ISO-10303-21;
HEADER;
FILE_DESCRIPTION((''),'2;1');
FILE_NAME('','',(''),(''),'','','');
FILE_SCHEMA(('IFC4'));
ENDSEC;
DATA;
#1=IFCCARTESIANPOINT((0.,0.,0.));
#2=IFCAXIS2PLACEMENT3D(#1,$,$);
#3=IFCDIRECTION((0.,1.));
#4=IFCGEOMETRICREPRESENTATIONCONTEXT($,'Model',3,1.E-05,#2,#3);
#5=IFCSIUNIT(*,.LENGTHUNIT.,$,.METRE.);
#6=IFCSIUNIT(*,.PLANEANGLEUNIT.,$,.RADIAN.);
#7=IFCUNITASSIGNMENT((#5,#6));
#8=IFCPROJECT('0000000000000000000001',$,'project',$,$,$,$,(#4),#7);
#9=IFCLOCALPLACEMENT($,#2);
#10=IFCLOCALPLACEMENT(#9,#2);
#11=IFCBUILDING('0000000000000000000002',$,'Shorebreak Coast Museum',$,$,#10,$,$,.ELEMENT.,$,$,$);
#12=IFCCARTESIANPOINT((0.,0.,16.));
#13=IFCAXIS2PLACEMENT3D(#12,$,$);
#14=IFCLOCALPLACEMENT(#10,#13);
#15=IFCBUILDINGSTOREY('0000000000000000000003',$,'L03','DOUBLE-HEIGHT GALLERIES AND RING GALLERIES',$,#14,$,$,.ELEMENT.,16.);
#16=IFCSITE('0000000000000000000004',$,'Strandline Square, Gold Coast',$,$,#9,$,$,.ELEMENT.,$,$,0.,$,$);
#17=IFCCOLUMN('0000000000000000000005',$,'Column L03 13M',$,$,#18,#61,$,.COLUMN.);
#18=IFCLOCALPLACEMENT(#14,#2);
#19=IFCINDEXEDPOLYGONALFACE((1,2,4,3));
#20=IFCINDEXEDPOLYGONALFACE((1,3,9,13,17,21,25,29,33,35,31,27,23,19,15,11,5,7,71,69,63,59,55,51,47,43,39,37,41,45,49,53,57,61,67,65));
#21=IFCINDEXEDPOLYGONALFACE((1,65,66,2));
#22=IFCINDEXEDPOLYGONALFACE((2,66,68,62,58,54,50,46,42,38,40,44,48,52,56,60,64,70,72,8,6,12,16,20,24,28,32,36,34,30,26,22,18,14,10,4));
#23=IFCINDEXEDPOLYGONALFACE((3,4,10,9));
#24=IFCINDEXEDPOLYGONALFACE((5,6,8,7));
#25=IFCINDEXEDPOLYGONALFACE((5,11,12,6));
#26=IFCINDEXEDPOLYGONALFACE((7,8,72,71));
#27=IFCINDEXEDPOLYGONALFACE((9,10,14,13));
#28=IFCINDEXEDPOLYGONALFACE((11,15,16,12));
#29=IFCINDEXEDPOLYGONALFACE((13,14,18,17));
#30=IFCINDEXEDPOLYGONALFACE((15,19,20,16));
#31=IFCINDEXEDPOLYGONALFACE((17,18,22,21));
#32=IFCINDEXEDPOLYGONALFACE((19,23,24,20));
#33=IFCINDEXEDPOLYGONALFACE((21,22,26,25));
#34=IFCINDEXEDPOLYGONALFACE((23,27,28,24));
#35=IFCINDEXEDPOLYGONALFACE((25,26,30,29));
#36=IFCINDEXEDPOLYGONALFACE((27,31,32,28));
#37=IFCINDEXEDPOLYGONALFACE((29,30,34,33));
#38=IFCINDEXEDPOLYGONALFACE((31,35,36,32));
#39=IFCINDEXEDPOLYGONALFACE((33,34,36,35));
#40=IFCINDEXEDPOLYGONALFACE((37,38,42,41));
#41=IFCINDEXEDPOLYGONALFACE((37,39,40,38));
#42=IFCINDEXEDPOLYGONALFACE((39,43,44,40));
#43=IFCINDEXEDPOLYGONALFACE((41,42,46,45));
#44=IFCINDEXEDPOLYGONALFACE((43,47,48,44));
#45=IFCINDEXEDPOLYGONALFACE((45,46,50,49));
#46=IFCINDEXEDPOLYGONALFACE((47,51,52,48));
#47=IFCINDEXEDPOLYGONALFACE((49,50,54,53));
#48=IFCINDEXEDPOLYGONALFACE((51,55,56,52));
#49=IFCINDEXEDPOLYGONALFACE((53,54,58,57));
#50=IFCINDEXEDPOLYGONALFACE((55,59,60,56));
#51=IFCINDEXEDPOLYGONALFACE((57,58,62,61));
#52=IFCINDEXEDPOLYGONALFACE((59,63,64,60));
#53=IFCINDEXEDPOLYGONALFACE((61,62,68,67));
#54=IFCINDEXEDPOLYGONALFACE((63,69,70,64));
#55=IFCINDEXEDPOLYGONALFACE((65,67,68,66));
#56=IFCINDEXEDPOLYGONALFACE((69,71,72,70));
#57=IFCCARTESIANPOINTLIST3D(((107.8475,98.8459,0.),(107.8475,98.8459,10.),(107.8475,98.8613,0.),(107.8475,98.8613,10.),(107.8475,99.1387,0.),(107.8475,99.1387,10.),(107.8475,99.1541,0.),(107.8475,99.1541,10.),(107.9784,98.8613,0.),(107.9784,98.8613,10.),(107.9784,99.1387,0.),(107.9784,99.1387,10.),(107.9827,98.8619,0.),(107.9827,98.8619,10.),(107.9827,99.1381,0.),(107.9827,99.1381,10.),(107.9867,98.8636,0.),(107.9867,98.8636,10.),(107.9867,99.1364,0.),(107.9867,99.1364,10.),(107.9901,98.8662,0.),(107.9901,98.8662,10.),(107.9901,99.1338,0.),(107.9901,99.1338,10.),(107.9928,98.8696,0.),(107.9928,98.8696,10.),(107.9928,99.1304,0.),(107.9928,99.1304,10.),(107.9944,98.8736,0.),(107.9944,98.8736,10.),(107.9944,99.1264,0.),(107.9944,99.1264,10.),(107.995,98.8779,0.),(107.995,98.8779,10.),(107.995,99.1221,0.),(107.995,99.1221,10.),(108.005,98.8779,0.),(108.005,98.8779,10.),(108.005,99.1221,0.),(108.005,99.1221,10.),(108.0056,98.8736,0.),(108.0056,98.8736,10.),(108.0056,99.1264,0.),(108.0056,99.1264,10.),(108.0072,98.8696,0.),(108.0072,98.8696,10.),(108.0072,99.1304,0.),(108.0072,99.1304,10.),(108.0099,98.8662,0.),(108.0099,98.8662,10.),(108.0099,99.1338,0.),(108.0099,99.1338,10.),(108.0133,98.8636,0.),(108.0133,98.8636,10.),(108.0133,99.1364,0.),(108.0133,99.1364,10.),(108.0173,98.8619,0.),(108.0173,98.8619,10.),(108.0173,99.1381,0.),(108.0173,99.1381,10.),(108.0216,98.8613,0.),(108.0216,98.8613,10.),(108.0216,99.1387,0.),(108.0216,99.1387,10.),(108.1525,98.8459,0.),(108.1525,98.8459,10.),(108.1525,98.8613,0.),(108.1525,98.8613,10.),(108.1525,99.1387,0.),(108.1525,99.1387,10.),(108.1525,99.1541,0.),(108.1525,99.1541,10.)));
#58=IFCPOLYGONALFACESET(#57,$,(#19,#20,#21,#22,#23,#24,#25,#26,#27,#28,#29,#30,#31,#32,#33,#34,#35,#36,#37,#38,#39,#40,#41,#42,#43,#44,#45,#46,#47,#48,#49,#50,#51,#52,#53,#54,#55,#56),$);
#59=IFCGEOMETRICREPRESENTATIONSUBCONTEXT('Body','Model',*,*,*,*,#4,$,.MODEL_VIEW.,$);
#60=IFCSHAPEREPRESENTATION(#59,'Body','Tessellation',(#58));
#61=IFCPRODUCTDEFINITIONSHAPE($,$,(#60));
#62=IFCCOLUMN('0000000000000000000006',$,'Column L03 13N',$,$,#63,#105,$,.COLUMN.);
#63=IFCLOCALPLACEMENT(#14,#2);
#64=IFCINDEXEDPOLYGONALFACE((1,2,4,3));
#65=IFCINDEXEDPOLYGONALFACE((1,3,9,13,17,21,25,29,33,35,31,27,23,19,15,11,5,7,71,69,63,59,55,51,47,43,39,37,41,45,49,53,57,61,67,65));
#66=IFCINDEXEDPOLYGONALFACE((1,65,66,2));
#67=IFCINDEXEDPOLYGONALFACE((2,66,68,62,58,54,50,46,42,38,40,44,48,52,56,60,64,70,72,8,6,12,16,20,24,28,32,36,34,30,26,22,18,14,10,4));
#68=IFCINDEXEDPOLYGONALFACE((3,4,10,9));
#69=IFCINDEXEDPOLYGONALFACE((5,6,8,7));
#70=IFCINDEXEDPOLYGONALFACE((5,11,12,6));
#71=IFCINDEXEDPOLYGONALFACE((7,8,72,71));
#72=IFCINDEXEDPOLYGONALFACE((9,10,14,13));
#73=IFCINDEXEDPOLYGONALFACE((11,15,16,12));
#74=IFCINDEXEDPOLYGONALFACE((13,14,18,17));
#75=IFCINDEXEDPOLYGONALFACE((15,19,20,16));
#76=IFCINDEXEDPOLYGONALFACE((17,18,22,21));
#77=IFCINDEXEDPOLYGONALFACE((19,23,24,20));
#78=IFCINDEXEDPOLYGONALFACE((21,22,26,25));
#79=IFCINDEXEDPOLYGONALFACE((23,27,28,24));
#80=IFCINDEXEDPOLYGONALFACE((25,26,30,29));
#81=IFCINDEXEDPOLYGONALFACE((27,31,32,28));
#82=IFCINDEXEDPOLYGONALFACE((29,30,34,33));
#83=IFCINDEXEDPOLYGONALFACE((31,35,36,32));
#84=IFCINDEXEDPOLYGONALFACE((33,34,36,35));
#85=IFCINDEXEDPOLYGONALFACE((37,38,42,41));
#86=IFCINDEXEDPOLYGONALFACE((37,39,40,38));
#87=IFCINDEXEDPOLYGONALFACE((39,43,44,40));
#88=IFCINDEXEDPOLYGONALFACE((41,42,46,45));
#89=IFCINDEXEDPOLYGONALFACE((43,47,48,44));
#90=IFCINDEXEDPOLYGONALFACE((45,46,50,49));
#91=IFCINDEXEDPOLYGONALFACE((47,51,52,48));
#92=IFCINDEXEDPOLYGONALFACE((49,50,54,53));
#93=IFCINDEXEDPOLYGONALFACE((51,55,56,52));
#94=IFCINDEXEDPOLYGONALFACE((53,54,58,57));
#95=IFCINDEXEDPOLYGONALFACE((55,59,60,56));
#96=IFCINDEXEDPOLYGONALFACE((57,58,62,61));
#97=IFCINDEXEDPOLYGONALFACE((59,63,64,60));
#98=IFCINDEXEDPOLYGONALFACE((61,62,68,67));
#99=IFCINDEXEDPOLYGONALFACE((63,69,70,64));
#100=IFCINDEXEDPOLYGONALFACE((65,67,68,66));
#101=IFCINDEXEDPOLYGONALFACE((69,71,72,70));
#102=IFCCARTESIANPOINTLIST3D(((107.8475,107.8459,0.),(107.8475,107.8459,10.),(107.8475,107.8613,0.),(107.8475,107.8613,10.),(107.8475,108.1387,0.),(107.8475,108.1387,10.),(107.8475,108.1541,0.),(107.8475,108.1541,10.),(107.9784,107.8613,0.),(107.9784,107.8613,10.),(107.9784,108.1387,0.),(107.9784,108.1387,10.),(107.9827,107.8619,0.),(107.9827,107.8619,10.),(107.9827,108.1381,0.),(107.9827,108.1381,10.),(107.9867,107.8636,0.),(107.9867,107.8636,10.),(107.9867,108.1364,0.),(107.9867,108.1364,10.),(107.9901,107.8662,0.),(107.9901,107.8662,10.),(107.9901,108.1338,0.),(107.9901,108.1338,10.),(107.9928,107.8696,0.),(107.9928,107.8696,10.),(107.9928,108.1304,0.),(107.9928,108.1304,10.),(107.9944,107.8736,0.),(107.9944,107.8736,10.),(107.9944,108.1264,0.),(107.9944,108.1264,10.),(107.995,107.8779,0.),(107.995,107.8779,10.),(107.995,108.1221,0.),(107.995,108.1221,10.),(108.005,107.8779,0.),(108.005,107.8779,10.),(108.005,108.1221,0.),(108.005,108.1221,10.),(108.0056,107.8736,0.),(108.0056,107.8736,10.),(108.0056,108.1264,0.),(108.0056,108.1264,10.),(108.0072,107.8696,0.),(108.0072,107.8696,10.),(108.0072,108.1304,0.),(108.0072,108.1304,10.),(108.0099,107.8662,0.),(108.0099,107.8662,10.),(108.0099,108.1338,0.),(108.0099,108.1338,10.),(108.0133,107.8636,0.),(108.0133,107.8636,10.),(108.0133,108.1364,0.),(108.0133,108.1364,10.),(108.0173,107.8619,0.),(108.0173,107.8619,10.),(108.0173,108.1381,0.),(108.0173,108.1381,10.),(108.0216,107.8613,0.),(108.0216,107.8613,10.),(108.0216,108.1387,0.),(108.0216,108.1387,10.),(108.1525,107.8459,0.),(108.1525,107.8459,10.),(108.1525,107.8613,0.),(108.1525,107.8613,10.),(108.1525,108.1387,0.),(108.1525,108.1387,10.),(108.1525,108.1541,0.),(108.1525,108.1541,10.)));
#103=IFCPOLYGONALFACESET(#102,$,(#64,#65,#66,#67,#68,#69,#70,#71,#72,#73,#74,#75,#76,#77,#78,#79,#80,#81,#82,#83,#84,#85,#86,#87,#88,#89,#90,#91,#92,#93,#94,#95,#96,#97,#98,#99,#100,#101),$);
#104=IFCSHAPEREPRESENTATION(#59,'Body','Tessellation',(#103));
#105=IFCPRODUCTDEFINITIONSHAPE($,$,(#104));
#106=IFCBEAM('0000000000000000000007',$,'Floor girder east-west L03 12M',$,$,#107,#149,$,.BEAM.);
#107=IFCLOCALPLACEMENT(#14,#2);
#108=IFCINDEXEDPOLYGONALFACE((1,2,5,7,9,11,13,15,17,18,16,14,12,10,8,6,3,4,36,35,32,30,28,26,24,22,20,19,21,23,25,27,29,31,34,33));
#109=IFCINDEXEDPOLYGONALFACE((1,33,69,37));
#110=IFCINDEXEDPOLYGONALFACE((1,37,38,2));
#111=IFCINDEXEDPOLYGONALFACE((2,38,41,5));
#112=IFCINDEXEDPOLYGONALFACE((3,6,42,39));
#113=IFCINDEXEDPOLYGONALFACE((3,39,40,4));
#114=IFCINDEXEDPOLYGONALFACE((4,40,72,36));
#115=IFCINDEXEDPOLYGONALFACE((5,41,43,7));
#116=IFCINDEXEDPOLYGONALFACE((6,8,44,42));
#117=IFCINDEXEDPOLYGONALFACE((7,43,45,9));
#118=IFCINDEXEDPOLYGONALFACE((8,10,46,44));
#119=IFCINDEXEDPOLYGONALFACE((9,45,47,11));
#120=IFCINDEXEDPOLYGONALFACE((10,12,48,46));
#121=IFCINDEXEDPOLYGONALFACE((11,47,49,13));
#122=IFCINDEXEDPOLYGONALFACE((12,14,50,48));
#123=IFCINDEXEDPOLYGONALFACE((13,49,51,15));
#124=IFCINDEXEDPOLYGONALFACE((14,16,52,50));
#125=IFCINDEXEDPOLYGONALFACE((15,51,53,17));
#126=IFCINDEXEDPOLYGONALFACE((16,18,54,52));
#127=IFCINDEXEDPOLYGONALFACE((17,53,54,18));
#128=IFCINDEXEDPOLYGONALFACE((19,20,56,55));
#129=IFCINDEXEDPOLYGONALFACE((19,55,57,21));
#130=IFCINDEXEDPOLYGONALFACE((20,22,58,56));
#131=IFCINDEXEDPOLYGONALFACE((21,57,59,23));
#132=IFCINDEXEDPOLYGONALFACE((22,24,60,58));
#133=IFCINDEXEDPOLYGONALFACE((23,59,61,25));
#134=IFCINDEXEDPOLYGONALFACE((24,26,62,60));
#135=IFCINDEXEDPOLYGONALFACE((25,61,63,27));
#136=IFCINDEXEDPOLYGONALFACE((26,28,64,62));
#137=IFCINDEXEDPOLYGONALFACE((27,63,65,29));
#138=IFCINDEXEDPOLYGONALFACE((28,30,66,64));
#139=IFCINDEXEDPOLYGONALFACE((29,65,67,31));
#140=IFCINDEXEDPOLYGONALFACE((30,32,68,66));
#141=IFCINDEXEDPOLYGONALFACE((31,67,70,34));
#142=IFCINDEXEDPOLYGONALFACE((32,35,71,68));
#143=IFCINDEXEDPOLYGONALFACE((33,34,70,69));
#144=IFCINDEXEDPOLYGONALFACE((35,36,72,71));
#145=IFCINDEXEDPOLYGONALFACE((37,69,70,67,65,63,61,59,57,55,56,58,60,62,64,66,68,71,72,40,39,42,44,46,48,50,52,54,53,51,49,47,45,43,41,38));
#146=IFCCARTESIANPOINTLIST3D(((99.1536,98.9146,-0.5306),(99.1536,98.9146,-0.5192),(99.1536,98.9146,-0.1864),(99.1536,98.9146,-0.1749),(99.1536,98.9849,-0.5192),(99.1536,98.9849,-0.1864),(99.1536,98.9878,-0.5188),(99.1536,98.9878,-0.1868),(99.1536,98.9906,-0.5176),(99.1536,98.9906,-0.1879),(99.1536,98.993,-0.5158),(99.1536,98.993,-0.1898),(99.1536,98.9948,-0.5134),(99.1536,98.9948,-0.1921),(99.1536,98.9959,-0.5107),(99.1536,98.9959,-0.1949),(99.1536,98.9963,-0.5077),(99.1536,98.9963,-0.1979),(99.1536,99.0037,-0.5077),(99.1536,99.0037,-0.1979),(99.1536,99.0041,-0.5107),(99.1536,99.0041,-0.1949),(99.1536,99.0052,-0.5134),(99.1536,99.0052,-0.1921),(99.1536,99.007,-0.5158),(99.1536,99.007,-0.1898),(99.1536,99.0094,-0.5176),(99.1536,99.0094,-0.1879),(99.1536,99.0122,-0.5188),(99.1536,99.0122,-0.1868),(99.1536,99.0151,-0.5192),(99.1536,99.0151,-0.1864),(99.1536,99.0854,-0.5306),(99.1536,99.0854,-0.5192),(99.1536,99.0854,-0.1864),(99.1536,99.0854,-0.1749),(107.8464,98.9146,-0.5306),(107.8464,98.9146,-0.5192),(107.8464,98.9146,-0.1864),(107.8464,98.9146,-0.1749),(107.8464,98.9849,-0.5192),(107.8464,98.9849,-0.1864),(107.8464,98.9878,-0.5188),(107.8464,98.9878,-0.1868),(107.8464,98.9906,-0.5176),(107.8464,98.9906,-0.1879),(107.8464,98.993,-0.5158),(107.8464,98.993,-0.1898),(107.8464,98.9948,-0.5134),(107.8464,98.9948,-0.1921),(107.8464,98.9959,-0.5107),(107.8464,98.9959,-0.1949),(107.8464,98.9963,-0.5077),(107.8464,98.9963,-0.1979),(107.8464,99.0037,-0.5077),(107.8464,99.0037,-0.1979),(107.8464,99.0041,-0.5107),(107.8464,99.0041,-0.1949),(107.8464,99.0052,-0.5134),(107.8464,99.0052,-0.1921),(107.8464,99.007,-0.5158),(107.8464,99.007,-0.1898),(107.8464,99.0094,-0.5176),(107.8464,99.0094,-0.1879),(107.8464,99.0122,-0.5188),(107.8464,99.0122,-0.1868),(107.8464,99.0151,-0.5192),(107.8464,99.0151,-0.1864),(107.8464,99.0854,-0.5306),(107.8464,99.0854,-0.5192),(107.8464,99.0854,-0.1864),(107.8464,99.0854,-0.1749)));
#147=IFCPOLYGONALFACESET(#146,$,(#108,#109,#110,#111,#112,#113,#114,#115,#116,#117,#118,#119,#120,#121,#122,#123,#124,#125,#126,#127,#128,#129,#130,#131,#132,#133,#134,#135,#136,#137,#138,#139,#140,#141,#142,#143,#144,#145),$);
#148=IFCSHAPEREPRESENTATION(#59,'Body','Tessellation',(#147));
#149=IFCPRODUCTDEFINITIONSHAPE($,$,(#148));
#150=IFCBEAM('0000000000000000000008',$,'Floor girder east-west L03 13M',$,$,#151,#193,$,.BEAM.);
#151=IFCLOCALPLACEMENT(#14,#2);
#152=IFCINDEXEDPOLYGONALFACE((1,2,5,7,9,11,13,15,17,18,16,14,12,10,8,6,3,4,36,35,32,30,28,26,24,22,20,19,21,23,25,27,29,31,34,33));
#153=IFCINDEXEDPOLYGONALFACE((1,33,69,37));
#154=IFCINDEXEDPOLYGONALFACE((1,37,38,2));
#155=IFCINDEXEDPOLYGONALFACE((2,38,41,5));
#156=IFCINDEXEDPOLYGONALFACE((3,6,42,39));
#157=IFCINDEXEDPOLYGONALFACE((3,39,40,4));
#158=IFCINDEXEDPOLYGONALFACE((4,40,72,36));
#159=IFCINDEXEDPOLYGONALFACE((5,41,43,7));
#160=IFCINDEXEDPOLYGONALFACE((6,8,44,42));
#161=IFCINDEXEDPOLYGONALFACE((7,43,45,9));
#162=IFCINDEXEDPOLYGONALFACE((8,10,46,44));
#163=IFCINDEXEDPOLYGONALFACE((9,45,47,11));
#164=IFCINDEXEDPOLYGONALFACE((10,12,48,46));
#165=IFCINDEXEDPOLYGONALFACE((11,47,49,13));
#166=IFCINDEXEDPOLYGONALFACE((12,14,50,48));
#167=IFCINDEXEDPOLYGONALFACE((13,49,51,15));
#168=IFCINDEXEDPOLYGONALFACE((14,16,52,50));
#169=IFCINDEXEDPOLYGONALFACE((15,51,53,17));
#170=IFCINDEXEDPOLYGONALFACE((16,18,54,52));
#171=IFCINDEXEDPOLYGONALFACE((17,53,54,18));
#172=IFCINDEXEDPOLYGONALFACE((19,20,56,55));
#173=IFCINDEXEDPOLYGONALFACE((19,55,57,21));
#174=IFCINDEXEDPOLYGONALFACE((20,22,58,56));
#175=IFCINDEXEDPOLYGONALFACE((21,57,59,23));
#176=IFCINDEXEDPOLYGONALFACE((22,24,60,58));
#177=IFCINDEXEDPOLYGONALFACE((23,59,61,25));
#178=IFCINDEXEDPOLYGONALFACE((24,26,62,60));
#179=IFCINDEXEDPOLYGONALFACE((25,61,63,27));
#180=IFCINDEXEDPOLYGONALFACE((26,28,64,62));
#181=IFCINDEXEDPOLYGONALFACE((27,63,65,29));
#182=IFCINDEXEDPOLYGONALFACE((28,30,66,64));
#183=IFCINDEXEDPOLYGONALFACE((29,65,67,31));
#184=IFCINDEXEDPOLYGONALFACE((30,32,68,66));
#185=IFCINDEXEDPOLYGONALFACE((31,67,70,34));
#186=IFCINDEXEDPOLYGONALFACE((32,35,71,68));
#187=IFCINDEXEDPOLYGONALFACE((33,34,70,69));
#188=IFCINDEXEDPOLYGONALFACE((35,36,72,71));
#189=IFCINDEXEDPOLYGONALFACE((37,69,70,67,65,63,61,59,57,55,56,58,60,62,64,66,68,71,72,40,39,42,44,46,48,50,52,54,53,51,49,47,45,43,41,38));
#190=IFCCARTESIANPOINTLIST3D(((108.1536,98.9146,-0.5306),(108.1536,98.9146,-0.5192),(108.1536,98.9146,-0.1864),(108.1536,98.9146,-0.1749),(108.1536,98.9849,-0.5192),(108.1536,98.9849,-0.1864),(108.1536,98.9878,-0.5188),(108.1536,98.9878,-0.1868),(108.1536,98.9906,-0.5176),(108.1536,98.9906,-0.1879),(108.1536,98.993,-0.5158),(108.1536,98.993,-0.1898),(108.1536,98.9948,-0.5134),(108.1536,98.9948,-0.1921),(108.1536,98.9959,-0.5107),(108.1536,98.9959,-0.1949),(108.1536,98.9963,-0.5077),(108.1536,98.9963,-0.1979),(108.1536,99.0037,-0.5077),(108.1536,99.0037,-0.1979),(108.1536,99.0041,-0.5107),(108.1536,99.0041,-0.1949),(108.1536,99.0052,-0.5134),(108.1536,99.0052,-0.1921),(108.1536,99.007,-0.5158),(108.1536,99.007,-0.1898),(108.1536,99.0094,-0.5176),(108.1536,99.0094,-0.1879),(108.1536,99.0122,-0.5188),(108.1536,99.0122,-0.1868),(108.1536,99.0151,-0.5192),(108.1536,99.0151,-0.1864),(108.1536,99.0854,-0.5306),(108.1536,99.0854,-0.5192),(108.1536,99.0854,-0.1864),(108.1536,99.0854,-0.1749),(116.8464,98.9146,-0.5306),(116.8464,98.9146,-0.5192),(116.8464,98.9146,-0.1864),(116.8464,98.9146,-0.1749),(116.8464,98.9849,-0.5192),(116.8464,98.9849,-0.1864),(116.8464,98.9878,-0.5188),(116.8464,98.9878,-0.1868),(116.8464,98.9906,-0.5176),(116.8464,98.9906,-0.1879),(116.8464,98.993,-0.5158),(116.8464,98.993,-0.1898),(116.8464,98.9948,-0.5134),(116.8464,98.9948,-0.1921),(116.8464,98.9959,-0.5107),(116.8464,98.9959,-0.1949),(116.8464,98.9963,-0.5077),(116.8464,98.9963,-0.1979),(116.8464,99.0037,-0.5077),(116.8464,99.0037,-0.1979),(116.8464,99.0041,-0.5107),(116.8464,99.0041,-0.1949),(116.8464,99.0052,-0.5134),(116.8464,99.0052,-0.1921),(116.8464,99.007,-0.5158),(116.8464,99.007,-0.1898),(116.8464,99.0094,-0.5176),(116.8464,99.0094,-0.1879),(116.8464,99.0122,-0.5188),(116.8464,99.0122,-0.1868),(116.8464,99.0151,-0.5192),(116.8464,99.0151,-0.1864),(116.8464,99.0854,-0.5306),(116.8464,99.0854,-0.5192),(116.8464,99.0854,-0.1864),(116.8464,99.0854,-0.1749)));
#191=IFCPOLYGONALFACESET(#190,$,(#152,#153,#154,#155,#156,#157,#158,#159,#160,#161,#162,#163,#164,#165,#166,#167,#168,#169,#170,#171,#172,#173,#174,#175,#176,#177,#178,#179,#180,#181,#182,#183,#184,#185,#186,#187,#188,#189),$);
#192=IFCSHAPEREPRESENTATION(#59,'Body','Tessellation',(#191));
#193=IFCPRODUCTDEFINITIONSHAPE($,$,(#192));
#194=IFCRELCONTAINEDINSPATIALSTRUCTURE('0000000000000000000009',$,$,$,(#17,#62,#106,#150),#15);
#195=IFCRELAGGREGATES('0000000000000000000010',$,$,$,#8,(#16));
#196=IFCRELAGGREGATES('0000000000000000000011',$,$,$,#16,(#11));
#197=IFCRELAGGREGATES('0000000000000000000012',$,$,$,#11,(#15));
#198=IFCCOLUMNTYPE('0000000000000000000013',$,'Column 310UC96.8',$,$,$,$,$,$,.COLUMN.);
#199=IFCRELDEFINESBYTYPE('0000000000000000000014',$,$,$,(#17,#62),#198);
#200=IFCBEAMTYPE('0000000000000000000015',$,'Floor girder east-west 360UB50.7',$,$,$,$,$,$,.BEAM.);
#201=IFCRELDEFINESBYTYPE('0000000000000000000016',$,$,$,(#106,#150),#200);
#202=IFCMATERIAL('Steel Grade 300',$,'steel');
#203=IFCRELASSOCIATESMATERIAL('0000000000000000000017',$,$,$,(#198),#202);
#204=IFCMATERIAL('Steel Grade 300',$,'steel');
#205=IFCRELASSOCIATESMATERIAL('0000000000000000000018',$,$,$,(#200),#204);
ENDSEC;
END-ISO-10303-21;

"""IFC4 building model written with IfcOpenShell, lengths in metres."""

from ifc_helpers import new_model, si_unit, direction, frame, origin, origin_2d, place, context, subcontext, project, spatial, i_section, extrude, material, material_profile, profile_set, type_object, element, save


model = new_model("IFC4")

# Units and contexts
model_context = context("Model", 3, precision=1e-05, world=origin(), true_north=direction((0.0, 1.0)))
body_context = subcontext(model_context, "Body", "Model", "MODEL_VIEW")
ifc_project = project(units=[si_unit("LENGTHUNIT", "METRE"), si_unit("PLANEANGLEUNIT", "RADIAN")], contexts=[model_context])

# Site, building, storey
site_placement = place(None, origin())
site = spatial("IfcSite", under=ifc_project, at=site_placement, Name="Strandline Square, Gold Coast", CompositionType="ELEMENT", RefElevation=0.0)
building_placement = place(site_placement, origin())
building = spatial("IfcBuilding", under=site, at=building_placement, Name="Shorebreak Coast Museum", CompositionType="ELEMENT")
storey_placement = place(building_placement, frame((0.0, 0.0, 16.0)))
storey = spatial("IfcBuildingStorey", under=building, at=storey_placement, Name="L03", Description="DOUBLE-HEIGHT GALLERIES AND RING GALLERIES", CompositionType="ELEMENT", Elevation=16.0)

# Columns
ifc_material_1 = material(Name="Steel Grade 300", Category="steel")
ifc_material_profile_1 = material_profile(ifc_material_1, i_section(OverallWidth=0.3049, OverallDepth=0.3081, WebThickness=0.01, FlangeThickness=0.0154, FilletRadius=0.0166, at=origin_2d()), Name="310UC96.8")
ifc_profile_set_1 = profile_set([ifc_material_profile_1], Name="Steel Grade 300")
column_type = type_object("IfcColumnType", Name="Column 310UC96.8", PredefinedType="COLUMN", material=ifc_profile_set_1)
for number, where, z_axis, x_axis, name in (
    (1, (108.0, 99.0, 0.0), (0.0, 0.0, 1.0), (1.0, 0.0, 0.0), "Column L03 13M"),
    (2, (108.0, 108.0, 0.0), (0.0, 0.0, 1.0), (1.0, 0.0, 0.0), "Column L03 13N"),
):
    element("IfcColumn", number, at=place(storey_placement, frame(where, z_axis=z_axis, x_axis=x_axis)), inside=storey, type_object=column_type, Name=name, PredefinedType="COLUMN", context=body_context, shape_type="SweptSolid", body=[
        extrude(i_section(OverallWidth=0.3049, OverallDepth=0.3081, WebThickness=0.01, FlangeThickness=0.0154, FilletRadius=0.0166, at=origin_2d()), origin(), (0.0, 0.0, 1.0), 10.0),
    ])

# Beams
ifc_material_2 = material(Name="Steel Grade 300", Category="steel")
ifc_material_profile_2 = material_profile(ifc_material_2, i_section(OverallWidth=0.1709, OverallDepth=0.3557, WebThickness=0.0073, FlangeThickness=0.0115, FilletRadius=0.0115, at=origin_2d()), Name="360UB50.7")
ifc_profile_set_2 = profile_set([ifc_material_profile_2], Name="Steel Grade 300")
beam_type_1 = type_object("IfcBeamType", Name="Floor girder east-west 360UB50.7", PredefinedType="BEAM", material=ifc_profile_set_2)
for number, where, z_axis, x_axis, name in (
    (3, (99.1536, 99.0, -0.3528), (1.0, 0.0, 0.0), (0.0, 1.0, 0.0), "Floor girder east-west L03 12M"),
    (4, (108.1536, 99.0, -0.3528), (1.0, 0.0, 0.0), (0.0, 1.0, 0.0), "Floor girder east-west L03 13M"),
):
    element("IfcBeam", number, at=place(storey_placement, frame(where, z_axis=z_axis, x_axis=x_axis)), inside=storey, type_object=beam_type_1, Name=name, PredefinedType="BEAM", context=body_context, shape_type="SweptSolid", body=[
        extrude(i_section(OverallWidth=0.1709, OverallDepth=0.3557, WebThickness=0.0073, FlangeThickness=0.0115, FilletRadius=0.0115, at=origin_2d()), origin(), (0.0, 0.0, 1.0), 8.6929),
    ])

save(model, "model.ifc")
